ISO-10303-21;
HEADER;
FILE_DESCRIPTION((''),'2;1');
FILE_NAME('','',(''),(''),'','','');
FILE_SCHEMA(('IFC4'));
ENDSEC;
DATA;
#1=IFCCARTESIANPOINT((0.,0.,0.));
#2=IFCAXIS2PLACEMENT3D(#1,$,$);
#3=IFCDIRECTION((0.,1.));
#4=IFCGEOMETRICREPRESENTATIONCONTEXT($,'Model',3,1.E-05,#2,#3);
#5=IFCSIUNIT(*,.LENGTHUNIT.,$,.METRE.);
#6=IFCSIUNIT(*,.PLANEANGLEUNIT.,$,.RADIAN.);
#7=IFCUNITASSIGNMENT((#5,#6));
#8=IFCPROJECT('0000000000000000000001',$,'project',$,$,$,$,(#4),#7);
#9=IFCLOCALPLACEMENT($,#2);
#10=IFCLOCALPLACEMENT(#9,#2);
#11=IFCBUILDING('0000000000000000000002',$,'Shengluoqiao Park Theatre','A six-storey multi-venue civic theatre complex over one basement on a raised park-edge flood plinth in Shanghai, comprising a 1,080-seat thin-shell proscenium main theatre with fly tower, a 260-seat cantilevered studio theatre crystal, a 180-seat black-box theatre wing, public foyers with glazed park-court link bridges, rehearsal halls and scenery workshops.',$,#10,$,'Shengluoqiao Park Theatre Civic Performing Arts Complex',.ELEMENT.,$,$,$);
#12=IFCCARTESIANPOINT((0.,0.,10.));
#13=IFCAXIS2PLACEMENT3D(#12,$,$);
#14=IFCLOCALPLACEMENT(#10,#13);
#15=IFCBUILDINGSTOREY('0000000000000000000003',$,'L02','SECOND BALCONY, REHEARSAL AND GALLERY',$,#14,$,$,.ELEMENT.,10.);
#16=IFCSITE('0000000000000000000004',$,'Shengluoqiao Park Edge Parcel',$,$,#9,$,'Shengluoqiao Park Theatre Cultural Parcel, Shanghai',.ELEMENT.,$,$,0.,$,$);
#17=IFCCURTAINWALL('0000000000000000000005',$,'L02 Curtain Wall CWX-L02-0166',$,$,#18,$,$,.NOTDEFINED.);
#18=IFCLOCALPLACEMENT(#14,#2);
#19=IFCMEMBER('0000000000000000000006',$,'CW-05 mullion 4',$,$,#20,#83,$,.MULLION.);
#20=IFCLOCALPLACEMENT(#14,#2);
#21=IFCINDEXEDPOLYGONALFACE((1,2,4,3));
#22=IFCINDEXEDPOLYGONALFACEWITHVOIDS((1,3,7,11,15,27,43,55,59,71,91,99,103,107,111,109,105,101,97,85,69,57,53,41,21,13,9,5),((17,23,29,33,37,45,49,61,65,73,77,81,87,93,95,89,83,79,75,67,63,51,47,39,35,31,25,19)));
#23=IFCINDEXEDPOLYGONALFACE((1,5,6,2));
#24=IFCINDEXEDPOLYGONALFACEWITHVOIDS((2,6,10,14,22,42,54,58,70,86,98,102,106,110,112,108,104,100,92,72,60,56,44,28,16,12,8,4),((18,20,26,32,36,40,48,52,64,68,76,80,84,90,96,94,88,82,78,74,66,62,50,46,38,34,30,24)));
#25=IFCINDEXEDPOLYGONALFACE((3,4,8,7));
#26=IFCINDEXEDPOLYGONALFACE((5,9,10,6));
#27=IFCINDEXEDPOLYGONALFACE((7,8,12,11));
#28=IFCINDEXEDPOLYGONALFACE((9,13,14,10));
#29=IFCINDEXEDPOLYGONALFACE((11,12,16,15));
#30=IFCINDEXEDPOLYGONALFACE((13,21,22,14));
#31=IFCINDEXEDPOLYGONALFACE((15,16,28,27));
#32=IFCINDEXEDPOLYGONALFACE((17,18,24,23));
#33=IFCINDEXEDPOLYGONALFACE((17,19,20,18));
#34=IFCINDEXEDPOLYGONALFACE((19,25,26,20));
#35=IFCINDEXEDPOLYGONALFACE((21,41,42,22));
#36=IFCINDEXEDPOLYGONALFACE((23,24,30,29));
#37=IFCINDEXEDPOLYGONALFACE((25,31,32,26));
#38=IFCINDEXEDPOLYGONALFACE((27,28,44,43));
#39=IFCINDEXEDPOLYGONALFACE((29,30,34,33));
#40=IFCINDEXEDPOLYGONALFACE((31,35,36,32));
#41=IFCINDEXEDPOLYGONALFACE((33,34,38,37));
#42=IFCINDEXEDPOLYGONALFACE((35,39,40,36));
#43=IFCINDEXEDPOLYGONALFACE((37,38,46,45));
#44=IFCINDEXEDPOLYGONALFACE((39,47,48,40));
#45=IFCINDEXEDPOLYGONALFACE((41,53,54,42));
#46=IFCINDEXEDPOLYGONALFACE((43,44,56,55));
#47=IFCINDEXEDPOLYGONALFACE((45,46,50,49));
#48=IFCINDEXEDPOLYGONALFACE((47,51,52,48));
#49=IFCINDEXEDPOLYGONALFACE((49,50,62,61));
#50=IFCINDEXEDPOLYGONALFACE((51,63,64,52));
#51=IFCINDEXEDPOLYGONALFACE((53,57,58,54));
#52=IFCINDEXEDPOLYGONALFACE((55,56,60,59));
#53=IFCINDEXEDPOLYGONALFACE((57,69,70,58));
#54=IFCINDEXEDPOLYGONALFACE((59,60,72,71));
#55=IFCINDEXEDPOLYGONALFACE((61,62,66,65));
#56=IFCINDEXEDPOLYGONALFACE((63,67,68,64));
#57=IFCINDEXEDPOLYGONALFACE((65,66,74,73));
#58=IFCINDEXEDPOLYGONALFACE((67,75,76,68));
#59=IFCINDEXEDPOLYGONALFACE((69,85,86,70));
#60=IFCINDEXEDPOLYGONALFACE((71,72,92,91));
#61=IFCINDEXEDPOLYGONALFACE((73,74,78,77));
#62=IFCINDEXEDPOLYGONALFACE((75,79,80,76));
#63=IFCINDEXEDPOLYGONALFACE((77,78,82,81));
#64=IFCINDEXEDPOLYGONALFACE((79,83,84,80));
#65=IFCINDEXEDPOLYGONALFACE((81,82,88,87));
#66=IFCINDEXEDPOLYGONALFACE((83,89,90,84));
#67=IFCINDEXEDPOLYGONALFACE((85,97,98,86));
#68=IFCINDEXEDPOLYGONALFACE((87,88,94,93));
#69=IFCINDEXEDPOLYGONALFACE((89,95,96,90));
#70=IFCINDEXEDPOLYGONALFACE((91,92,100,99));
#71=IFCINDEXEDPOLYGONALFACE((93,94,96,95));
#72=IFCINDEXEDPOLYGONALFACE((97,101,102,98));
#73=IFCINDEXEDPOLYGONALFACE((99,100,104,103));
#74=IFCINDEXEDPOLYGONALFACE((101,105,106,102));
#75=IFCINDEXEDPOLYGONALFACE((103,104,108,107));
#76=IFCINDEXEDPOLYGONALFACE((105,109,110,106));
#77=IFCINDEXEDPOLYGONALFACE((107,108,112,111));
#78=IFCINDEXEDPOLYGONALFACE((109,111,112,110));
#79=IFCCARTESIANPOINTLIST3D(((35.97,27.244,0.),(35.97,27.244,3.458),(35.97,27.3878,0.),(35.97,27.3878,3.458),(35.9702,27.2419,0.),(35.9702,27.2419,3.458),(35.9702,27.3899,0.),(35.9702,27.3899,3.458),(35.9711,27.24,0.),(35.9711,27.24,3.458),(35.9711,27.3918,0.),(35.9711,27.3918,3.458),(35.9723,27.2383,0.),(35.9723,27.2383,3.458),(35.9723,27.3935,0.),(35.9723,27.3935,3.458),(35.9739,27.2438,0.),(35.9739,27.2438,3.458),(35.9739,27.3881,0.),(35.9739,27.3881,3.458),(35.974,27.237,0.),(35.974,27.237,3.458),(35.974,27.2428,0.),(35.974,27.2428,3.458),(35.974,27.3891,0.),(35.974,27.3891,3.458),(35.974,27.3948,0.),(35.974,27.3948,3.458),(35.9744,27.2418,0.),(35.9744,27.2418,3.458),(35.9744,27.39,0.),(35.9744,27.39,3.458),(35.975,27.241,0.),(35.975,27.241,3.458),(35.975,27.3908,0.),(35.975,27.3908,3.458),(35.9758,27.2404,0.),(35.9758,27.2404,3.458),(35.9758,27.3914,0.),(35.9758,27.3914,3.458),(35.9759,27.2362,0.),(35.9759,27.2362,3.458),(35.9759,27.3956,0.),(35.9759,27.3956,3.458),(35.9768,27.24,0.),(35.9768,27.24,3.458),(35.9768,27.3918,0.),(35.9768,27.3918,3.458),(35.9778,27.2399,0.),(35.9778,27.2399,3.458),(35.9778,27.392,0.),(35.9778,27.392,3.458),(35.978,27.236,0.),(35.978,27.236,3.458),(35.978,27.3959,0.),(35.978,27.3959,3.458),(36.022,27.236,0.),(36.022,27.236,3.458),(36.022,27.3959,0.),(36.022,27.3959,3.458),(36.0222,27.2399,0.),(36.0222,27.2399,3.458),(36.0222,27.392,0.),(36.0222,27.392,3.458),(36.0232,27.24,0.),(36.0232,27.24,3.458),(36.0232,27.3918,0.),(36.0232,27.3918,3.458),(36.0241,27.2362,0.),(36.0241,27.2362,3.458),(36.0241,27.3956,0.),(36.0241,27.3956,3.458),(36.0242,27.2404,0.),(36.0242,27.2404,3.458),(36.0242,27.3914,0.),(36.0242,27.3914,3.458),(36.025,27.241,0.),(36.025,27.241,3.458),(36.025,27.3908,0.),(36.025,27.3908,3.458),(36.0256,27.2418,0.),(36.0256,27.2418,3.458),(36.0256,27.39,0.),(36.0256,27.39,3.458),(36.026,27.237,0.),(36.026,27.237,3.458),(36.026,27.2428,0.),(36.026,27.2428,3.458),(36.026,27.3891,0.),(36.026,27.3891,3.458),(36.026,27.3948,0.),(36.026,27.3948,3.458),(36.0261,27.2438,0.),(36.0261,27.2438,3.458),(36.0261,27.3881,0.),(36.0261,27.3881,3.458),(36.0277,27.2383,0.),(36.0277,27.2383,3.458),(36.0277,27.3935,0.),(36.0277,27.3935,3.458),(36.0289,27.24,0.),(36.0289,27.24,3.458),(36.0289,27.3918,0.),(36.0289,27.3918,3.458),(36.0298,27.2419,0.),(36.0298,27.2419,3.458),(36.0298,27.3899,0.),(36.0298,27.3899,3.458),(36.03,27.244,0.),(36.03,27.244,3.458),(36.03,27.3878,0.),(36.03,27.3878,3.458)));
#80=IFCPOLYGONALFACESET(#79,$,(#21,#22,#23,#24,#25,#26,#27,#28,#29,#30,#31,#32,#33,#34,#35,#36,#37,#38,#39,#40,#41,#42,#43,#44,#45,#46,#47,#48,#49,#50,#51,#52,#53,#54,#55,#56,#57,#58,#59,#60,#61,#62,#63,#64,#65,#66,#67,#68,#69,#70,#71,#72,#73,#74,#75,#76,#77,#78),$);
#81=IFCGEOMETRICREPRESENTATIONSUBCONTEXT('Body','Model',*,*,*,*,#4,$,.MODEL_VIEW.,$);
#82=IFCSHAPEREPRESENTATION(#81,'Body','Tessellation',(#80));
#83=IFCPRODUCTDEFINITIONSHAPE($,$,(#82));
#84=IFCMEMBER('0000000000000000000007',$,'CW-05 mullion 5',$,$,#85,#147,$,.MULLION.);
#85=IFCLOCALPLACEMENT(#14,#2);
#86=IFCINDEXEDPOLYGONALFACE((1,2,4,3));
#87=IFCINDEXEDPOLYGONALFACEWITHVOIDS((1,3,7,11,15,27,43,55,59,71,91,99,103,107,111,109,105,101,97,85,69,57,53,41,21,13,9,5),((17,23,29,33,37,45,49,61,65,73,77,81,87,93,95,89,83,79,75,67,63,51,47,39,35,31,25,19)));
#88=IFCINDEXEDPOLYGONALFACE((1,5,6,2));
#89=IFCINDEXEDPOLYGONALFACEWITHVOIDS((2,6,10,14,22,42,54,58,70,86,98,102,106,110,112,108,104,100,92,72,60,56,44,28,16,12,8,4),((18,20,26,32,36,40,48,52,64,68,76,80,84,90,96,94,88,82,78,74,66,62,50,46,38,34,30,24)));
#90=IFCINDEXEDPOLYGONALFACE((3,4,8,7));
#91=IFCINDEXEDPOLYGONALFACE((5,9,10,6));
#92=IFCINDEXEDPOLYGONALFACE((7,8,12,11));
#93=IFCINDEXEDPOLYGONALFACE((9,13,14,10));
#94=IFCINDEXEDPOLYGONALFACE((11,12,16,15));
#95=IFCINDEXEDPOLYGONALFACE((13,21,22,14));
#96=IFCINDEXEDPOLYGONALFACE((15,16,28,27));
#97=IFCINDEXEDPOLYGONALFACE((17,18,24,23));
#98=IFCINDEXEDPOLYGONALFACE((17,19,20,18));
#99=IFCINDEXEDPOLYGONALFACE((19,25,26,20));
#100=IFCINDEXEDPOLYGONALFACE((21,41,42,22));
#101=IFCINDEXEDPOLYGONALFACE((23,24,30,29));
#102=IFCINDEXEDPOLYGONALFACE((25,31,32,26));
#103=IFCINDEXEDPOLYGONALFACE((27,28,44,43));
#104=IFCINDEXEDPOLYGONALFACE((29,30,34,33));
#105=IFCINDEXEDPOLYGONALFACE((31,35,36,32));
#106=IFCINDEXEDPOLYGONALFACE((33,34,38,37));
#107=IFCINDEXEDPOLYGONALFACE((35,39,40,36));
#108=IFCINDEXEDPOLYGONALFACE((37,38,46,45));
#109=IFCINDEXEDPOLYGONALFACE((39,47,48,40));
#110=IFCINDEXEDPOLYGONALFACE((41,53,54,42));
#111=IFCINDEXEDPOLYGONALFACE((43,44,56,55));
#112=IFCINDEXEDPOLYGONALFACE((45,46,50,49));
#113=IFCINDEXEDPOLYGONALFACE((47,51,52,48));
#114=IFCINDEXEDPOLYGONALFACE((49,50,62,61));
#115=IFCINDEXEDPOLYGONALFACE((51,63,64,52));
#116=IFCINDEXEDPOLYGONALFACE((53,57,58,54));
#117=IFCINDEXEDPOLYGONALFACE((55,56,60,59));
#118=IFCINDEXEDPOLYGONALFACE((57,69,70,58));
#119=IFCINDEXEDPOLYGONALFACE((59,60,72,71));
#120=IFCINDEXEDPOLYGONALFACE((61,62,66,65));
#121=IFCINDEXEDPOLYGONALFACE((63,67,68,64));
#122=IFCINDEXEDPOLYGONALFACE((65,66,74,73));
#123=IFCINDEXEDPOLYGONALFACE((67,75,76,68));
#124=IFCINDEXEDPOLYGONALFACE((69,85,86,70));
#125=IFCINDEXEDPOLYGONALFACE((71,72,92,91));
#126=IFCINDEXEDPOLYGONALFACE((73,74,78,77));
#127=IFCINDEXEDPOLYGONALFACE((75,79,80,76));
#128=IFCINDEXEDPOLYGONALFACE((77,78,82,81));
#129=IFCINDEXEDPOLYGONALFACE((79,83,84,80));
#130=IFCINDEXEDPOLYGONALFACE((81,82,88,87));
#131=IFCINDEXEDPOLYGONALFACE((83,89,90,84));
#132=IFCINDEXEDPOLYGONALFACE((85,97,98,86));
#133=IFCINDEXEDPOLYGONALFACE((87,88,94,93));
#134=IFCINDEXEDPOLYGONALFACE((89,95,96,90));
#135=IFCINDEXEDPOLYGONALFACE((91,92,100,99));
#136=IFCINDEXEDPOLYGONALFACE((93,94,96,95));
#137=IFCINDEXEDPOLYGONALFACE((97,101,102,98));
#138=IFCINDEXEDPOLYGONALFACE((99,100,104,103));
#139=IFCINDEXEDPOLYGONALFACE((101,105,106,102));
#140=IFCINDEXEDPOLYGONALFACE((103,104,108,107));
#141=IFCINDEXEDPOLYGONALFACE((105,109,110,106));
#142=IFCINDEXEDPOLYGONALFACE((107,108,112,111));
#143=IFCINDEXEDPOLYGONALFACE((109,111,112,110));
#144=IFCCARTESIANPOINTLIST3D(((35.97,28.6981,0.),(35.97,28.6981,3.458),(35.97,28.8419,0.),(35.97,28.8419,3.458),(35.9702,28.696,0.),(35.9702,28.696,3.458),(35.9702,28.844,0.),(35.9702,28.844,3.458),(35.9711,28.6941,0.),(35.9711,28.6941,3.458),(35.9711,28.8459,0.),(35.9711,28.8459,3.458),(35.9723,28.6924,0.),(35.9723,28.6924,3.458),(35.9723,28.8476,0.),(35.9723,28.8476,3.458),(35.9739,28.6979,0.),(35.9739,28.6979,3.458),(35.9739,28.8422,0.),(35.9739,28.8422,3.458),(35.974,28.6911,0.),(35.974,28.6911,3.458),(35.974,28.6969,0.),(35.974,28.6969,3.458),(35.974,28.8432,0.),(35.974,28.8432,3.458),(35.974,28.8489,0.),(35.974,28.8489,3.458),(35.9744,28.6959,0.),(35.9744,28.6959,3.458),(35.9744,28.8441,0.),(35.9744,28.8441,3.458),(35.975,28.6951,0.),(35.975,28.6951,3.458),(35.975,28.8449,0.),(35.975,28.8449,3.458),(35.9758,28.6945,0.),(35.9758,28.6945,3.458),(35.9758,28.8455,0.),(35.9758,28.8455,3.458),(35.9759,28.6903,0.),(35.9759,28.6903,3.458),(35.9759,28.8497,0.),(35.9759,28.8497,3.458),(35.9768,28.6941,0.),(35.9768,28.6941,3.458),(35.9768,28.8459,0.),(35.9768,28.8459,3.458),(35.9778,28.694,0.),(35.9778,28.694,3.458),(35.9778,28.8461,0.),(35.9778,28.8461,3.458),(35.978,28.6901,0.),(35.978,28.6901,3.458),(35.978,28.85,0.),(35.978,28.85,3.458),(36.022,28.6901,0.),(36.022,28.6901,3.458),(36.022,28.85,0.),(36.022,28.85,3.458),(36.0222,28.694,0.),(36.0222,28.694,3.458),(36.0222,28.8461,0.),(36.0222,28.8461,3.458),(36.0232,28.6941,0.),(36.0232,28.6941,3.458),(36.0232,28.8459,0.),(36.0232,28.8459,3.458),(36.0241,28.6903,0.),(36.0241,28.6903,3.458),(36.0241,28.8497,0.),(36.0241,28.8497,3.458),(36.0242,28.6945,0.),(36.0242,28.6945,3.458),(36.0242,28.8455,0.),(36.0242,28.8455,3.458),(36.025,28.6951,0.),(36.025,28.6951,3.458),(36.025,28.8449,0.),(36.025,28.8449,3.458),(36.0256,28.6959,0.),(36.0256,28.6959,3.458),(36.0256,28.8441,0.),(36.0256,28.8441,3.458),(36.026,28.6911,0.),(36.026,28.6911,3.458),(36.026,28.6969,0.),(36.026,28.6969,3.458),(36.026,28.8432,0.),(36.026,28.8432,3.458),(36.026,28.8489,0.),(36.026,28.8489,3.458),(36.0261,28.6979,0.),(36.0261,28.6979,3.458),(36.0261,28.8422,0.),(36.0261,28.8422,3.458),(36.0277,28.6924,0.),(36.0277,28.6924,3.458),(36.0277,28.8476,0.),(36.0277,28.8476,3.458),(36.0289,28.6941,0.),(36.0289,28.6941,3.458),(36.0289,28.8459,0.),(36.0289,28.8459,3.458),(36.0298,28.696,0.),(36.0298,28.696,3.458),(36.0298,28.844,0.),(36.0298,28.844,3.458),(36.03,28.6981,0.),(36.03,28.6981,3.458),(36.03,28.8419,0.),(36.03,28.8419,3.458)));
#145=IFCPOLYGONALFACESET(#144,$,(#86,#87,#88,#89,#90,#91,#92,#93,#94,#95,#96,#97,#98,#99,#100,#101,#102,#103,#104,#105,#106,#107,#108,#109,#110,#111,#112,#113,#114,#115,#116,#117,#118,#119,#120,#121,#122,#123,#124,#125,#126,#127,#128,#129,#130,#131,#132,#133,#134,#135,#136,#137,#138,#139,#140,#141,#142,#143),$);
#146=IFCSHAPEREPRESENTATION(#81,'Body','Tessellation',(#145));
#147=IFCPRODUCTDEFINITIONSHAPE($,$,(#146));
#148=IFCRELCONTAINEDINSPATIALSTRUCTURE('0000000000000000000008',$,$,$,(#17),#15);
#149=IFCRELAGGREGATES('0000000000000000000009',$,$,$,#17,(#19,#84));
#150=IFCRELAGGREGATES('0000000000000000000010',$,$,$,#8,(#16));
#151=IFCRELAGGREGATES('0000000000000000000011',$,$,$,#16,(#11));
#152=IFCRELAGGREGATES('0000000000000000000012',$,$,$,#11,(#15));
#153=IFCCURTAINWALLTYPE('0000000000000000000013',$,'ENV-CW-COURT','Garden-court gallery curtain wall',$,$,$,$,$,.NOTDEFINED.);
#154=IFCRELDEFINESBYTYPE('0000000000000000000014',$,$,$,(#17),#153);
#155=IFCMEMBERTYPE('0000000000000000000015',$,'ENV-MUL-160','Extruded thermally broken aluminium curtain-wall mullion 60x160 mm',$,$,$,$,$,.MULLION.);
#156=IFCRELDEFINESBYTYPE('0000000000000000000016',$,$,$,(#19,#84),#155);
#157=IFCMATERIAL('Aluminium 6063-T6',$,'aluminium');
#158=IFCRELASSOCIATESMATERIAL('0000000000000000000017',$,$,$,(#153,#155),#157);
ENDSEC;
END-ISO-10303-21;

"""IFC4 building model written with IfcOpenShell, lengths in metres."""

from ifc_helpers import new_model, si_unit, direction, frame, origin, origin_2d, place, context, subcontext, project, spatial, hollow_rectangle, extrude, material, material_profile, profile_set, type_object, element, aggregate, save


model = new_model("IFC4")

# Units and contexts
model_context = context("Model", 3, precision=1e-05, world=origin(), true_north=direction((0.0, 1.0)))
body_context = subcontext(model_context, "Body", "Model", "MODEL_VIEW")
ifc_project = project(units=[si_unit("LENGTHUNIT", "METRE"), si_unit("PLANEANGLEUNIT", "RADIAN")], contexts=[model_context])

# Site, building, storey
site_placement = place(None, origin())
site = spatial("IfcSite", under=ifc_project, at=site_placement, Name="Shengluoqiao Park Edge Parcel", LongName="Shengluoqiao Park Theatre Cultural Parcel, Shanghai", CompositionType="ELEMENT", RefElevation=0.0)
building_placement = place(site_placement, origin())
building = spatial("IfcBuilding", under=site, at=building_placement, Name="Shengluoqiao Park Theatre", Description="A six-storey multi-venue civic theatre complex over one basement on a raised park-edge flood plinth in Shanghai, comprising a 1,080-seat thin-shell proscenium main theatre with fly tower, a 260-seat cantilevered studio theatre crystal, a 180-seat black-box theatre wing, public foyers with glazed park-court link bridges, rehearsal halls and scenery workshops.", LongName="Shengluoqiao Park Theatre Civic Performing Arts Complex", CompositionType="ELEMENT")
storey_placement = place(building_placement, frame((0.0, 0.0, 10.0)))
storey = spatial("IfcBuildingStorey", under=building, at=storey_placement, Name="L02", Description="SECOND BALCONY, REHEARSAL AND GALLERY", CompositionType="ELEMENT", Elevation=10.0)

# Curtain wall, members
ifc_material_1 = material(Name="Aluminium 6063-T6", Category="aluminium")
curtain_wall_type = type_object("IfcCurtainWallType", Name="ENV-CW-COURT", Description="Garden-court gallery curtain wall", PredefinedType="NOTDEFINED", material=ifc_material_1)
ifc_material_profile_1 = material_profile(ifc_material_1, hollow_rectangle(XDim=0.0601, YDim=0.1599, WallThickness=0.0039, InnerFilletRadius=0.0039, OuterFilletRadius=0.0081, at=origin_2d()), Name="ALU MULLION 160x60x4")
ifc_profile_set_1 = profile_set([ifc_material_profile_1], Name="Aluminium 6063-T6")
member_type_1 = type_object("IfcMemberType", Name="ENV-MUL-160", Description="Extruded thermally broken aluminium curtain-wall mullion 60x160 mm", PredefinedType="MULLION", material=ifc_profile_set_1)
curtain_wall_1_placement = place(storey_placement, origin())
curtain_wall_1 = element("IfcCurtainWall", 1, at=curtain_wall_1_placement, inside=storey, type_object=curtain_wall_type, Name="L02 Curtain Wall CWX-L02-0166", PredefinedType="NOTDEFINED")
member_1_placement = place(storey_placement, frame((36.0, 27.3159, 0.0), z_axis=(0.0, 0.0, 1.0), x_axis=(-1.0, 0.0, 0.0)))
member_1 = element("IfcMember", 2, at=member_1_placement, type_object=member_type_1, Name="CW-05 mullion 4", PredefinedType="MULLION", context=body_context, shape_type="SweptSolid", body=[
    extrude(hollow_rectangle(XDim=0.0601, YDim=0.1599, WallThickness=0.0039, InnerFilletRadius=0.0039, OuterFilletRadius=0.0081, at=origin_2d()), origin(), (0.0, 0.0, 1.0), 3.458),
])
member_2_placement = place(storey_placement, frame((36.0, 28.77, 0.0), z_axis=(0.0, 0.0, 1.0), x_axis=(-1.0, 0.0, 0.0)))
member_2 = element("IfcMember", 3, at=member_2_placement, type_object=member_type_1, Name="CW-05 mullion 5", PredefinedType="MULLION", context=body_context, shape_type="SweptSolid", body=[
    extrude(hollow_rectangle(XDim=0.0601, YDim=0.1599, WallThickness=0.0039, InnerFilletRadius=0.0039, OuterFilletRadius=0.0081, at=origin_2d()), origin(), (0.0, 0.0, 1.0), 3.458),
])

aggregate(curtain_wall_1, [member_1, member_2])

save(model, "model.ifc")
